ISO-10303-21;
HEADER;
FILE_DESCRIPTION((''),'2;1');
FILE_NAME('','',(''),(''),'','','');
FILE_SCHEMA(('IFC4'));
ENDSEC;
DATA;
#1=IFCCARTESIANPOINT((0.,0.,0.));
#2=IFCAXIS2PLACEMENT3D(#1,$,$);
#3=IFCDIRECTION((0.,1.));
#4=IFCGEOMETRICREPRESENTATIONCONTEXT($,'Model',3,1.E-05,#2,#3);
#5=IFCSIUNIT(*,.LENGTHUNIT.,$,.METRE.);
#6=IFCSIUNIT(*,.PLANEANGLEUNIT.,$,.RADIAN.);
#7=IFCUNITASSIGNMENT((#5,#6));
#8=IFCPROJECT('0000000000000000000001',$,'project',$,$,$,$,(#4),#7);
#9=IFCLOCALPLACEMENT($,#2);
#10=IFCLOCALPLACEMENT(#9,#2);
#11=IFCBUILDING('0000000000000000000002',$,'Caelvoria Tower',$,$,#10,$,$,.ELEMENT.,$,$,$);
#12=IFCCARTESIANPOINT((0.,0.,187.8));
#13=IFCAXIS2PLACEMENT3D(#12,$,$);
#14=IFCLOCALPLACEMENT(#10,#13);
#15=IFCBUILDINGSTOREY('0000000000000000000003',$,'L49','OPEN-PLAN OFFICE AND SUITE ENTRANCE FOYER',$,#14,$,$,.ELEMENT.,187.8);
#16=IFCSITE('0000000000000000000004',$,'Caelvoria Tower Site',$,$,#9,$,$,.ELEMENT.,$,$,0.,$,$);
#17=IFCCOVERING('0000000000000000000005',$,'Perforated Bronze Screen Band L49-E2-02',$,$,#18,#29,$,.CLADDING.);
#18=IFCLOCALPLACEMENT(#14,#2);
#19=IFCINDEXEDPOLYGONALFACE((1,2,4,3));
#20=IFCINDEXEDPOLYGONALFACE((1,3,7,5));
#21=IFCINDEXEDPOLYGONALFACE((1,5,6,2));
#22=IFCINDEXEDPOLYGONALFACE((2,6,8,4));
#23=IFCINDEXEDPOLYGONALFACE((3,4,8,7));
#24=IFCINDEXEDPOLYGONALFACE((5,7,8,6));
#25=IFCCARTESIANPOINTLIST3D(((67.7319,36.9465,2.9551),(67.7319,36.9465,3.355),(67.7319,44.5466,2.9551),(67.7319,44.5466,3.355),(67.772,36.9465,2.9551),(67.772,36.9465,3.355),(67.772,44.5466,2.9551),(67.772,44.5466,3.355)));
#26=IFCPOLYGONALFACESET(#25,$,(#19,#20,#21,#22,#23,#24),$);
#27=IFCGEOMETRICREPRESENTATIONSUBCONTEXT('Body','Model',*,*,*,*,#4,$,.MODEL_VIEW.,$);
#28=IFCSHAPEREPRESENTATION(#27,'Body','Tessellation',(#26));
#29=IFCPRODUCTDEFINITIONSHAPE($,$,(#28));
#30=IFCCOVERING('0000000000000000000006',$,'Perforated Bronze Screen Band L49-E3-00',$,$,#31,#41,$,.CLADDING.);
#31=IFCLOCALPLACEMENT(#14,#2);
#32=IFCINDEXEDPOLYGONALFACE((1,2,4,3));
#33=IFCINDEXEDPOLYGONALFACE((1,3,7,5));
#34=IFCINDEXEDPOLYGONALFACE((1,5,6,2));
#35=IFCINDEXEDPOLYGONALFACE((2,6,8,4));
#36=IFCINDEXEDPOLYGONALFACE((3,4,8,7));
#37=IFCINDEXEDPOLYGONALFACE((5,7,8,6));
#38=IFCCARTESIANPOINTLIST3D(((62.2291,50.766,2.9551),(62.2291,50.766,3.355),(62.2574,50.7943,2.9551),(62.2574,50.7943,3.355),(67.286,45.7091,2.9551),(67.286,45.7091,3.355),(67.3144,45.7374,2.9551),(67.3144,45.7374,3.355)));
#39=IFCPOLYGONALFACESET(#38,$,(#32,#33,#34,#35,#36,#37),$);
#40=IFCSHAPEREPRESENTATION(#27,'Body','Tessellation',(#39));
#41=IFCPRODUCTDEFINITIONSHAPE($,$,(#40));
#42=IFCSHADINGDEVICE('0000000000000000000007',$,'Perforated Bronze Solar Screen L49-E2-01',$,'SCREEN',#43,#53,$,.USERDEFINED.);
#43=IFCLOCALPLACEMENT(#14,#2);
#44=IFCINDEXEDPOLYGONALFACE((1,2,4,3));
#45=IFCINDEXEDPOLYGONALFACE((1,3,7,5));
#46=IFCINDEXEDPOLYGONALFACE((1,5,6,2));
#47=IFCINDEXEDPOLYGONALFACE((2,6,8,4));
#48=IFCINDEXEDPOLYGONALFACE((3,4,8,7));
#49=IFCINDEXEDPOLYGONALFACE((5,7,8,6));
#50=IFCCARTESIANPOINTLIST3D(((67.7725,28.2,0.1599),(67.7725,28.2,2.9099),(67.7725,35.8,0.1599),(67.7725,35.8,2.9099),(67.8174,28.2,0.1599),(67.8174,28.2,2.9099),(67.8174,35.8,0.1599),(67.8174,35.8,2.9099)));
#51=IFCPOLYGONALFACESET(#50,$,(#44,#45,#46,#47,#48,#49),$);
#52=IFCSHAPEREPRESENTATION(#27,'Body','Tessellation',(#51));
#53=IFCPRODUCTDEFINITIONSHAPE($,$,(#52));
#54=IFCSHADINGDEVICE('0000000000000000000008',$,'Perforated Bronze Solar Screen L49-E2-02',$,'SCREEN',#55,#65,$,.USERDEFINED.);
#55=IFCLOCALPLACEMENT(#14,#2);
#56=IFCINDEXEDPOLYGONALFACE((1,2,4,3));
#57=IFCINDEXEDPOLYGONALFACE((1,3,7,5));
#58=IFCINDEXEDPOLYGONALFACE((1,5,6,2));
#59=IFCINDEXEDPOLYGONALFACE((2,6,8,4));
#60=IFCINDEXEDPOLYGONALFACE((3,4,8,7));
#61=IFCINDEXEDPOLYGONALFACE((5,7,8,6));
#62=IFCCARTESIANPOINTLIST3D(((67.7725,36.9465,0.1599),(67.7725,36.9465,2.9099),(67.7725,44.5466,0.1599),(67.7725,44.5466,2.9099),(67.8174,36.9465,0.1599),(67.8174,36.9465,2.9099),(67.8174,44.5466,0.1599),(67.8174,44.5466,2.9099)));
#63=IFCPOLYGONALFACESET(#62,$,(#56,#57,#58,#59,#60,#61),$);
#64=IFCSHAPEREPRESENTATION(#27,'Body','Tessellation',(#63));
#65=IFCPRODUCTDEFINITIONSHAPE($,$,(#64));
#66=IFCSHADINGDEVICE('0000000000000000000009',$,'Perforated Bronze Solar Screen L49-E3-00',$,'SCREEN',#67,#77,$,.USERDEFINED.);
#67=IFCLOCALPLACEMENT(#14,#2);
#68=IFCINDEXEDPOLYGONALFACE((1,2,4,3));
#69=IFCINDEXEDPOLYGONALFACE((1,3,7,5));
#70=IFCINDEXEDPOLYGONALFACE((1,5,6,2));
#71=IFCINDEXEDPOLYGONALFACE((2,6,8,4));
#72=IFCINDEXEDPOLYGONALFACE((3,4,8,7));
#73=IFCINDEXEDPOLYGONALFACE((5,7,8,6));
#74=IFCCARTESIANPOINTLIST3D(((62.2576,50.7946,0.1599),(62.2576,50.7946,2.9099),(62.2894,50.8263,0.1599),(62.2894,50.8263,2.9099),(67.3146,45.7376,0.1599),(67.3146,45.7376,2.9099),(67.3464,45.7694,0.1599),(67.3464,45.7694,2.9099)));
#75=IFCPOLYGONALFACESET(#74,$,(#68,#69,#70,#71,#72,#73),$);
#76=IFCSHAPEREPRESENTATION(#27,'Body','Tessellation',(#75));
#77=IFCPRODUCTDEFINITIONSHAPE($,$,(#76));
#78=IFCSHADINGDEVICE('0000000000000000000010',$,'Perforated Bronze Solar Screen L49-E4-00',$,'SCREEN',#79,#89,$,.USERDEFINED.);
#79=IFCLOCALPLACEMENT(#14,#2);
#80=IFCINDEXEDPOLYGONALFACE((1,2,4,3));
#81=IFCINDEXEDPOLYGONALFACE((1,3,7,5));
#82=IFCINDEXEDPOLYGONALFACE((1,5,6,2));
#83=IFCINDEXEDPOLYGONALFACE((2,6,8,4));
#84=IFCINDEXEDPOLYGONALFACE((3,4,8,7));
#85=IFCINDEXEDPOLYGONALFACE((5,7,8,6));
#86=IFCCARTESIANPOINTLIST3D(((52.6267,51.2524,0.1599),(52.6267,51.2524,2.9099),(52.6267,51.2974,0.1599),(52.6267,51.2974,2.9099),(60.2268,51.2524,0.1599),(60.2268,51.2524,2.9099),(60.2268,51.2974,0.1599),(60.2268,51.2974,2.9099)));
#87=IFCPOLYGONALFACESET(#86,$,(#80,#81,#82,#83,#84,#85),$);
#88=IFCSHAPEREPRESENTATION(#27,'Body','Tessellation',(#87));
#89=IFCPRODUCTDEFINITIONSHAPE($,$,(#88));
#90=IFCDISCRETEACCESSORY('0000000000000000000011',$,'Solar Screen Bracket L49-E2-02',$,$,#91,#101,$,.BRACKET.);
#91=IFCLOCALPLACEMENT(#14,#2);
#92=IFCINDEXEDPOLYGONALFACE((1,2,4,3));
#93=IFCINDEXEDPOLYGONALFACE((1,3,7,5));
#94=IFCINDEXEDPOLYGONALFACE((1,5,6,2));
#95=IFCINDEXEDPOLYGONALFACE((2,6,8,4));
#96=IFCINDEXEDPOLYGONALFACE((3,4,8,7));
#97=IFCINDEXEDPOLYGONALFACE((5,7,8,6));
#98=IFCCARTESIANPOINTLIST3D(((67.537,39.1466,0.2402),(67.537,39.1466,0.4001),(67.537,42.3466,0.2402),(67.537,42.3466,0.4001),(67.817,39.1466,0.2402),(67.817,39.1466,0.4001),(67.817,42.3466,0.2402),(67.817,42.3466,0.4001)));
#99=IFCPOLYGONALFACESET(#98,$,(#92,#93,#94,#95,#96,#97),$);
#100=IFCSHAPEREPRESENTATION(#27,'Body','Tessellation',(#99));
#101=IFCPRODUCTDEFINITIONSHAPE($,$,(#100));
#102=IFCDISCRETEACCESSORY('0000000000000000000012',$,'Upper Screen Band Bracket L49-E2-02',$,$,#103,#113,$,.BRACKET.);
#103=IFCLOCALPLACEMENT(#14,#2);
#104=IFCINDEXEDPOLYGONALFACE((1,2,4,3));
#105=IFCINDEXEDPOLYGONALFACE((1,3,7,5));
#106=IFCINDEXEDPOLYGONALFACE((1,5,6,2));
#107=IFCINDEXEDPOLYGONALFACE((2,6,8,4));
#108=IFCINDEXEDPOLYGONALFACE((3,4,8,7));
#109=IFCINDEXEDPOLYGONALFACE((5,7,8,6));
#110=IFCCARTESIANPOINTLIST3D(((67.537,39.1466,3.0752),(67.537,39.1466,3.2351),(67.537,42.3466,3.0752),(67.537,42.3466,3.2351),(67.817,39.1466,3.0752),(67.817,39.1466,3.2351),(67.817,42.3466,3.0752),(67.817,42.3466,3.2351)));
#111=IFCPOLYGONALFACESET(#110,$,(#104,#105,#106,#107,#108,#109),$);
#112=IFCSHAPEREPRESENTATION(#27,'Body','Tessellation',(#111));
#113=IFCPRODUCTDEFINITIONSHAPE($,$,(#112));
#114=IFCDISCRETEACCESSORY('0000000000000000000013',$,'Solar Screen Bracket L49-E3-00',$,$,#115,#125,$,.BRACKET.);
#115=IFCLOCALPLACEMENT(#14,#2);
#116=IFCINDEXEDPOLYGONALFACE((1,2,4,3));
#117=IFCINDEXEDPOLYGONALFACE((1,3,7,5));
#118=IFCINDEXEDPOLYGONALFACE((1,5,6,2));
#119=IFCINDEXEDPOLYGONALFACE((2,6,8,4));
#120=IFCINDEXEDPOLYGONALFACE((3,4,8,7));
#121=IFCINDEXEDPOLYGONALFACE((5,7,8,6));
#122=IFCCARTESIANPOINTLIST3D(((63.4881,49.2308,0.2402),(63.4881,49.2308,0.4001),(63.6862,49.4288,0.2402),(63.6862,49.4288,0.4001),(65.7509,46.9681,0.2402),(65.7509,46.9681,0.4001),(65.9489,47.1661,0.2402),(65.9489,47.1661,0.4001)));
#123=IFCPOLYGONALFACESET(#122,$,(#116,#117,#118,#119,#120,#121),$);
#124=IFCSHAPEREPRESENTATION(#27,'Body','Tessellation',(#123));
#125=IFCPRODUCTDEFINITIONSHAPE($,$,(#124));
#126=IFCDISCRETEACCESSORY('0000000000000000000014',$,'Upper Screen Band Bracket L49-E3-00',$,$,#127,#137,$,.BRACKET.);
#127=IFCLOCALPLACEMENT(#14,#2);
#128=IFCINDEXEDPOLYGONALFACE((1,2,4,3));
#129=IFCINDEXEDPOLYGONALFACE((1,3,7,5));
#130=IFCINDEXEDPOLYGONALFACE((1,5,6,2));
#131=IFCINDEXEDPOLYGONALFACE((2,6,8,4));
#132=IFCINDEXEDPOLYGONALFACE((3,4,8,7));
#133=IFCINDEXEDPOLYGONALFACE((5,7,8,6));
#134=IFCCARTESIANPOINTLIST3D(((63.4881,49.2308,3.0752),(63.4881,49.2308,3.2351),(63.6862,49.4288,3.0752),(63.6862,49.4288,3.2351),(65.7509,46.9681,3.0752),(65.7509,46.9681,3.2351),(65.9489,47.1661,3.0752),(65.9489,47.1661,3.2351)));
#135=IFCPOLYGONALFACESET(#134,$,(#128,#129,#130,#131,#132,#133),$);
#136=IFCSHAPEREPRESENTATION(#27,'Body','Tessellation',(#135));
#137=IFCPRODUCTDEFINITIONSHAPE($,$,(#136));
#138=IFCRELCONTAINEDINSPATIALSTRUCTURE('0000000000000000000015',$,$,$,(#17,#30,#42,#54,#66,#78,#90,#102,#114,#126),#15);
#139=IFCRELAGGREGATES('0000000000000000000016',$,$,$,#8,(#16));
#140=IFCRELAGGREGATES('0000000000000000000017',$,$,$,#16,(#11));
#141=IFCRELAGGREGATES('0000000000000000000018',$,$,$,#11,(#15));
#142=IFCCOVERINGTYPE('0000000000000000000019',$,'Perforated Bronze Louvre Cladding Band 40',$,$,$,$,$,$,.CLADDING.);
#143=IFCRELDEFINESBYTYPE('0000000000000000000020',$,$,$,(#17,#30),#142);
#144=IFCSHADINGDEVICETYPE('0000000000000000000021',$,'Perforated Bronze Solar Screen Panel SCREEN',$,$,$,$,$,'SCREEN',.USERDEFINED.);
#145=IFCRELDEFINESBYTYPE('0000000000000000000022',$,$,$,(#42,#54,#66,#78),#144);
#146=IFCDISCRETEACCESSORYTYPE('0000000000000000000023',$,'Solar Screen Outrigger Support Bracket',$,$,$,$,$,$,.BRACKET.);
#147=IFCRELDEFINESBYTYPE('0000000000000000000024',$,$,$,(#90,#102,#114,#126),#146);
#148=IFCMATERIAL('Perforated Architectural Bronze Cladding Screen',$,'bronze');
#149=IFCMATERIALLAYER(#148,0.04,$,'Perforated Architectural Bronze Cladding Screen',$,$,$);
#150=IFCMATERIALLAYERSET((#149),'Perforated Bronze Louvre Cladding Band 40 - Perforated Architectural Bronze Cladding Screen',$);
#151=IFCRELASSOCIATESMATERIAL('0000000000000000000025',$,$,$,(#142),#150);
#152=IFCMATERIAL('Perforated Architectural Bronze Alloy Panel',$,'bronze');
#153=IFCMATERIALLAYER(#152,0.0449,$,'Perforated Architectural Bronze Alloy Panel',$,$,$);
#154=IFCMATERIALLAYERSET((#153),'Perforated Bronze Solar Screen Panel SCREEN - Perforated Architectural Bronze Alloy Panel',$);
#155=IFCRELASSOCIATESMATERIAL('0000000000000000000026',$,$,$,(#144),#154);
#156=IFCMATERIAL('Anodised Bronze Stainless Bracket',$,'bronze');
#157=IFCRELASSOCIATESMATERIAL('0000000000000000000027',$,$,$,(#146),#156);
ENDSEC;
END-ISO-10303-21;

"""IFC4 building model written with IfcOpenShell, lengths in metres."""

from ifc_helpers import new_model, si_unit, direction, frame, origin, origin_2d, place, context, subcontext, project, spatial, rectangle, extrude, material, layer, layer_set, type_object, element, save


model = new_model("IFC4")

# Units and contexts
model_context = context("Model", 3, precision=1e-05, world=origin(), true_north=direction((0.0, 1.0)))
body_context = subcontext(model_context, "Body", "Model", "MODEL_VIEW")
ifc_project = project(units=[si_unit("LENGTHUNIT", "METRE"), si_unit("PLANEANGLEUNIT", "RADIAN")], contexts=[model_context])

# Site, building, storey
site_placement = place(None, origin())
site = spatial("IfcSite", under=ifc_project, at=site_placement, Name="Caelvoria Tower Site", CompositionType="ELEMENT", RefElevation=0.0)
building_placement = place(site_placement, origin())
building = spatial("IfcBuilding", under=site, at=building_placement, Name="Caelvoria Tower", CompositionType="ELEMENT")
storey_placement = place(building_placement, frame((0.0, 0.0, 187.8)))
storey = spatial("IfcBuildingStorey", under=building, at=storey_placement, Name="L49", Description="OPEN-PLAN OFFICE AND SUITE ENTRANCE FOYER", CompositionType="ELEMENT", Elevation=187.8)

# Coverings
ifc_material_1 = material(Name="Perforated Architectural Bronze Cladding Screen", Category="bronze")
ifc_layer_1 = layer(ifc_material_1, 0.04, Name="Perforated Architectural Bronze Cladding Screen")
ifc_layer_set_1 = layer_set([ifc_layer_1], Name="Perforated Bronze Louvre Cladding Band 40 - Perforated Architectural Bronze Cladding Screen")
covering_type = type_object("IfcCoveringType", Name="Perforated Bronze Louvre Cladding Band 40", PredefinedType="CLADDING", material=ifc_layer_set_1)
covering_1_placement = place(storey_placement, frame((67.752, 40.7466, 2.9551), z_axis=(0.0, 0.0, 1.0), x_axis=(0.0, 1.0, 0.0)))
element("IfcCovering", 1, at=covering_1_placement, inside=storey, type_object=covering_type, Name="Perforated Bronze Screen Band L49-E2-02", PredefinedType="CLADDING", context=body_context, shape_type="SweptSolid", body=[
    extrude(rectangle(XDim=7.6001, YDim=0.04, at=origin_2d()), origin(), (0.0, 0.0, 1.0), 0.3999),
])
covering_2_placement = place(storey_placement, frame((64.7717, 48.2517, 2.9551), z_axis=(0.0, 0.0, 1.0), x_axis=(-0.707107, 0.707107, 0.0)))
element("IfcCovering", 2, at=covering_2_placement, inside=storey, type_object=covering_type, Name="Perforated Bronze Screen Band L49-E3-00", PredefinedType="CLADDING", context=body_context, shape_type="SweptSolid", body=[
    extrude(rectangle(XDim=7.1516, YDim=0.04, at=origin_2d()), origin(), (0.0, 0.0, 1.0), 0.3999),
])

# Shading devices
ifc_material_2 = material(Name="Perforated Architectural Bronze Alloy Panel", Category="bronze")
ifc_layer_2 = layer(ifc_material_2, 0.0449, Name="Perforated Architectural Bronze Alloy Panel")
ifc_layer_set_2 = layer_set([ifc_layer_2], Name="Perforated Bronze Solar Screen Panel SCREEN - Perforated Architectural Bronze Alloy Panel")
shading_device_type = type_object("IfcShadingDeviceType", Name="Perforated Bronze Solar Screen Panel SCREEN", ElementType="SCREEN", PredefinedType="USERDEFINED", material=ifc_layer_set_2)
for number, where, z_axis, x_axis, name in (
    (3, (67.7949, 32.0, 0.1599), (0.0, 0.0, 1.0), (0.0, 1.0, 0.0), "Perforated Bronze Solar Screen L49-E2-01"),
    (4, (67.7949, 40.7466, 0.1599), (0.0, 0.0, 1.0), (0.0, 1.0, 0.0), "Perforated Bronze Solar Screen L49-E2-02"),
):
    element("IfcShadingDevice", number, at=place(storey_placement, frame(where, z_axis=z_axis, x_axis=x_axis)), inside=storey, type_object=shading_device_type, Name=name, ObjectType="SCREEN", PredefinedType="USERDEFINED", context=body_context, shape_type="SweptSolid", body=[
        extrude(rectangle(XDim=7.6001, YDim=0.0449, at=origin_2d()), origin(), (0.0, 0.0, 1.0), 2.75),
    ])
shading_device_1_placement = place(storey_placement, frame((64.802, 48.282, 0.1599), z_axis=(0.0, 0.0, 1.0), x_axis=(-0.707107, 0.707107, 0.0)))
element("IfcShadingDevice", 5, at=shading_device_1_placement, inside=storey, type_object=shading_device_type, Name="Perforated Bronze Solar Screen L49-E3-00", ObjectType="SCREEN", PredefinedType="USERDEFINED", context=body_context, shape_type="SweptSolid", body=[
    extrude(rectangle(XDim=7.1516, YDim=0.0449, at=origin_2d()), origin(), (0.0, 0.0, 1.0), 2.75),
])
shading_device_2_placement = place(storey_placement, frame((56.4268, 51.2749, 0.1599), z_axis=(0.0, 0.0, 1.0), x_axis=(-1.0, 0.0, 0.0)))
element("IfcShadingDevice", 6, at=shading_device_2_placement, inside=storey, type_object=shading_device_type, Name="Perforated Bronze Solar Screen L49-E4-00", ObjectType="SCREEN", PredefinedType="USERDEFINED", context=body_context, shape_type="SweptSolid", body=[
    extrude(rectangle(XDim=7.6001, YDim=0.0449, at=origin_2d()), origin(), (0.0, 0.0, 1.0), 2.75),
])

# Discrete accessories
ifc_material_3 = material(Name="Anodised Bronze Stainless Bracket", Category="bronze")
discrete_accessory_type = type_object("IfcDiscreteAccessoryType", Name="Solar Screen Outrigger Support Bracket", PredefinedType="BRACKET", material=ifc_material_3)
for number, where, z_axis, x_axis, name in (
    (7, (67.677, 40.7466, 0.2402), (0.0, 0.0, 1.0), (0.0, 1.0, 0.0), "Solar Screen Bracket L49-E2-02"),
    (8, (67.677, 40.7466, 3.0752), (0.0, 0.0, 1.0), (0.0, 1.0, 0.0), "Upper Screen Band Bracket L49-E2-02"),
    (9, (64.7185, 48.1985, 0.2402), (0.0, 0.0, 1.0), (-0.707107, 0.707107, 0.0), "Solar Screen Bracket L49-E3-00"),
    (10, (64.7185, 48.1985, 3.0752), (0.0, 0.0, 1.0), (-0.707107, 0.707107, 0.0), "Upper Screen Band Bracket L49-E3-00"),
):
    element("IfcDiscreteAccessory", number, at=place(storey_placement, frame(where, z_axis=z_axis, x_axis=x_axis)), inside=storey, type_object=discrete_accessory_type, Name=name, PredefinedType="BRACKET", context=body_context, shape_type="SweptSolid", body=[
        extrude(rectangle(XDim=3.2, YDim=0.28, at=origin_2d()), origin(), (0.0, 0.0, 1.0), 0.1599),
    ])

save(model, "model.ifc")
